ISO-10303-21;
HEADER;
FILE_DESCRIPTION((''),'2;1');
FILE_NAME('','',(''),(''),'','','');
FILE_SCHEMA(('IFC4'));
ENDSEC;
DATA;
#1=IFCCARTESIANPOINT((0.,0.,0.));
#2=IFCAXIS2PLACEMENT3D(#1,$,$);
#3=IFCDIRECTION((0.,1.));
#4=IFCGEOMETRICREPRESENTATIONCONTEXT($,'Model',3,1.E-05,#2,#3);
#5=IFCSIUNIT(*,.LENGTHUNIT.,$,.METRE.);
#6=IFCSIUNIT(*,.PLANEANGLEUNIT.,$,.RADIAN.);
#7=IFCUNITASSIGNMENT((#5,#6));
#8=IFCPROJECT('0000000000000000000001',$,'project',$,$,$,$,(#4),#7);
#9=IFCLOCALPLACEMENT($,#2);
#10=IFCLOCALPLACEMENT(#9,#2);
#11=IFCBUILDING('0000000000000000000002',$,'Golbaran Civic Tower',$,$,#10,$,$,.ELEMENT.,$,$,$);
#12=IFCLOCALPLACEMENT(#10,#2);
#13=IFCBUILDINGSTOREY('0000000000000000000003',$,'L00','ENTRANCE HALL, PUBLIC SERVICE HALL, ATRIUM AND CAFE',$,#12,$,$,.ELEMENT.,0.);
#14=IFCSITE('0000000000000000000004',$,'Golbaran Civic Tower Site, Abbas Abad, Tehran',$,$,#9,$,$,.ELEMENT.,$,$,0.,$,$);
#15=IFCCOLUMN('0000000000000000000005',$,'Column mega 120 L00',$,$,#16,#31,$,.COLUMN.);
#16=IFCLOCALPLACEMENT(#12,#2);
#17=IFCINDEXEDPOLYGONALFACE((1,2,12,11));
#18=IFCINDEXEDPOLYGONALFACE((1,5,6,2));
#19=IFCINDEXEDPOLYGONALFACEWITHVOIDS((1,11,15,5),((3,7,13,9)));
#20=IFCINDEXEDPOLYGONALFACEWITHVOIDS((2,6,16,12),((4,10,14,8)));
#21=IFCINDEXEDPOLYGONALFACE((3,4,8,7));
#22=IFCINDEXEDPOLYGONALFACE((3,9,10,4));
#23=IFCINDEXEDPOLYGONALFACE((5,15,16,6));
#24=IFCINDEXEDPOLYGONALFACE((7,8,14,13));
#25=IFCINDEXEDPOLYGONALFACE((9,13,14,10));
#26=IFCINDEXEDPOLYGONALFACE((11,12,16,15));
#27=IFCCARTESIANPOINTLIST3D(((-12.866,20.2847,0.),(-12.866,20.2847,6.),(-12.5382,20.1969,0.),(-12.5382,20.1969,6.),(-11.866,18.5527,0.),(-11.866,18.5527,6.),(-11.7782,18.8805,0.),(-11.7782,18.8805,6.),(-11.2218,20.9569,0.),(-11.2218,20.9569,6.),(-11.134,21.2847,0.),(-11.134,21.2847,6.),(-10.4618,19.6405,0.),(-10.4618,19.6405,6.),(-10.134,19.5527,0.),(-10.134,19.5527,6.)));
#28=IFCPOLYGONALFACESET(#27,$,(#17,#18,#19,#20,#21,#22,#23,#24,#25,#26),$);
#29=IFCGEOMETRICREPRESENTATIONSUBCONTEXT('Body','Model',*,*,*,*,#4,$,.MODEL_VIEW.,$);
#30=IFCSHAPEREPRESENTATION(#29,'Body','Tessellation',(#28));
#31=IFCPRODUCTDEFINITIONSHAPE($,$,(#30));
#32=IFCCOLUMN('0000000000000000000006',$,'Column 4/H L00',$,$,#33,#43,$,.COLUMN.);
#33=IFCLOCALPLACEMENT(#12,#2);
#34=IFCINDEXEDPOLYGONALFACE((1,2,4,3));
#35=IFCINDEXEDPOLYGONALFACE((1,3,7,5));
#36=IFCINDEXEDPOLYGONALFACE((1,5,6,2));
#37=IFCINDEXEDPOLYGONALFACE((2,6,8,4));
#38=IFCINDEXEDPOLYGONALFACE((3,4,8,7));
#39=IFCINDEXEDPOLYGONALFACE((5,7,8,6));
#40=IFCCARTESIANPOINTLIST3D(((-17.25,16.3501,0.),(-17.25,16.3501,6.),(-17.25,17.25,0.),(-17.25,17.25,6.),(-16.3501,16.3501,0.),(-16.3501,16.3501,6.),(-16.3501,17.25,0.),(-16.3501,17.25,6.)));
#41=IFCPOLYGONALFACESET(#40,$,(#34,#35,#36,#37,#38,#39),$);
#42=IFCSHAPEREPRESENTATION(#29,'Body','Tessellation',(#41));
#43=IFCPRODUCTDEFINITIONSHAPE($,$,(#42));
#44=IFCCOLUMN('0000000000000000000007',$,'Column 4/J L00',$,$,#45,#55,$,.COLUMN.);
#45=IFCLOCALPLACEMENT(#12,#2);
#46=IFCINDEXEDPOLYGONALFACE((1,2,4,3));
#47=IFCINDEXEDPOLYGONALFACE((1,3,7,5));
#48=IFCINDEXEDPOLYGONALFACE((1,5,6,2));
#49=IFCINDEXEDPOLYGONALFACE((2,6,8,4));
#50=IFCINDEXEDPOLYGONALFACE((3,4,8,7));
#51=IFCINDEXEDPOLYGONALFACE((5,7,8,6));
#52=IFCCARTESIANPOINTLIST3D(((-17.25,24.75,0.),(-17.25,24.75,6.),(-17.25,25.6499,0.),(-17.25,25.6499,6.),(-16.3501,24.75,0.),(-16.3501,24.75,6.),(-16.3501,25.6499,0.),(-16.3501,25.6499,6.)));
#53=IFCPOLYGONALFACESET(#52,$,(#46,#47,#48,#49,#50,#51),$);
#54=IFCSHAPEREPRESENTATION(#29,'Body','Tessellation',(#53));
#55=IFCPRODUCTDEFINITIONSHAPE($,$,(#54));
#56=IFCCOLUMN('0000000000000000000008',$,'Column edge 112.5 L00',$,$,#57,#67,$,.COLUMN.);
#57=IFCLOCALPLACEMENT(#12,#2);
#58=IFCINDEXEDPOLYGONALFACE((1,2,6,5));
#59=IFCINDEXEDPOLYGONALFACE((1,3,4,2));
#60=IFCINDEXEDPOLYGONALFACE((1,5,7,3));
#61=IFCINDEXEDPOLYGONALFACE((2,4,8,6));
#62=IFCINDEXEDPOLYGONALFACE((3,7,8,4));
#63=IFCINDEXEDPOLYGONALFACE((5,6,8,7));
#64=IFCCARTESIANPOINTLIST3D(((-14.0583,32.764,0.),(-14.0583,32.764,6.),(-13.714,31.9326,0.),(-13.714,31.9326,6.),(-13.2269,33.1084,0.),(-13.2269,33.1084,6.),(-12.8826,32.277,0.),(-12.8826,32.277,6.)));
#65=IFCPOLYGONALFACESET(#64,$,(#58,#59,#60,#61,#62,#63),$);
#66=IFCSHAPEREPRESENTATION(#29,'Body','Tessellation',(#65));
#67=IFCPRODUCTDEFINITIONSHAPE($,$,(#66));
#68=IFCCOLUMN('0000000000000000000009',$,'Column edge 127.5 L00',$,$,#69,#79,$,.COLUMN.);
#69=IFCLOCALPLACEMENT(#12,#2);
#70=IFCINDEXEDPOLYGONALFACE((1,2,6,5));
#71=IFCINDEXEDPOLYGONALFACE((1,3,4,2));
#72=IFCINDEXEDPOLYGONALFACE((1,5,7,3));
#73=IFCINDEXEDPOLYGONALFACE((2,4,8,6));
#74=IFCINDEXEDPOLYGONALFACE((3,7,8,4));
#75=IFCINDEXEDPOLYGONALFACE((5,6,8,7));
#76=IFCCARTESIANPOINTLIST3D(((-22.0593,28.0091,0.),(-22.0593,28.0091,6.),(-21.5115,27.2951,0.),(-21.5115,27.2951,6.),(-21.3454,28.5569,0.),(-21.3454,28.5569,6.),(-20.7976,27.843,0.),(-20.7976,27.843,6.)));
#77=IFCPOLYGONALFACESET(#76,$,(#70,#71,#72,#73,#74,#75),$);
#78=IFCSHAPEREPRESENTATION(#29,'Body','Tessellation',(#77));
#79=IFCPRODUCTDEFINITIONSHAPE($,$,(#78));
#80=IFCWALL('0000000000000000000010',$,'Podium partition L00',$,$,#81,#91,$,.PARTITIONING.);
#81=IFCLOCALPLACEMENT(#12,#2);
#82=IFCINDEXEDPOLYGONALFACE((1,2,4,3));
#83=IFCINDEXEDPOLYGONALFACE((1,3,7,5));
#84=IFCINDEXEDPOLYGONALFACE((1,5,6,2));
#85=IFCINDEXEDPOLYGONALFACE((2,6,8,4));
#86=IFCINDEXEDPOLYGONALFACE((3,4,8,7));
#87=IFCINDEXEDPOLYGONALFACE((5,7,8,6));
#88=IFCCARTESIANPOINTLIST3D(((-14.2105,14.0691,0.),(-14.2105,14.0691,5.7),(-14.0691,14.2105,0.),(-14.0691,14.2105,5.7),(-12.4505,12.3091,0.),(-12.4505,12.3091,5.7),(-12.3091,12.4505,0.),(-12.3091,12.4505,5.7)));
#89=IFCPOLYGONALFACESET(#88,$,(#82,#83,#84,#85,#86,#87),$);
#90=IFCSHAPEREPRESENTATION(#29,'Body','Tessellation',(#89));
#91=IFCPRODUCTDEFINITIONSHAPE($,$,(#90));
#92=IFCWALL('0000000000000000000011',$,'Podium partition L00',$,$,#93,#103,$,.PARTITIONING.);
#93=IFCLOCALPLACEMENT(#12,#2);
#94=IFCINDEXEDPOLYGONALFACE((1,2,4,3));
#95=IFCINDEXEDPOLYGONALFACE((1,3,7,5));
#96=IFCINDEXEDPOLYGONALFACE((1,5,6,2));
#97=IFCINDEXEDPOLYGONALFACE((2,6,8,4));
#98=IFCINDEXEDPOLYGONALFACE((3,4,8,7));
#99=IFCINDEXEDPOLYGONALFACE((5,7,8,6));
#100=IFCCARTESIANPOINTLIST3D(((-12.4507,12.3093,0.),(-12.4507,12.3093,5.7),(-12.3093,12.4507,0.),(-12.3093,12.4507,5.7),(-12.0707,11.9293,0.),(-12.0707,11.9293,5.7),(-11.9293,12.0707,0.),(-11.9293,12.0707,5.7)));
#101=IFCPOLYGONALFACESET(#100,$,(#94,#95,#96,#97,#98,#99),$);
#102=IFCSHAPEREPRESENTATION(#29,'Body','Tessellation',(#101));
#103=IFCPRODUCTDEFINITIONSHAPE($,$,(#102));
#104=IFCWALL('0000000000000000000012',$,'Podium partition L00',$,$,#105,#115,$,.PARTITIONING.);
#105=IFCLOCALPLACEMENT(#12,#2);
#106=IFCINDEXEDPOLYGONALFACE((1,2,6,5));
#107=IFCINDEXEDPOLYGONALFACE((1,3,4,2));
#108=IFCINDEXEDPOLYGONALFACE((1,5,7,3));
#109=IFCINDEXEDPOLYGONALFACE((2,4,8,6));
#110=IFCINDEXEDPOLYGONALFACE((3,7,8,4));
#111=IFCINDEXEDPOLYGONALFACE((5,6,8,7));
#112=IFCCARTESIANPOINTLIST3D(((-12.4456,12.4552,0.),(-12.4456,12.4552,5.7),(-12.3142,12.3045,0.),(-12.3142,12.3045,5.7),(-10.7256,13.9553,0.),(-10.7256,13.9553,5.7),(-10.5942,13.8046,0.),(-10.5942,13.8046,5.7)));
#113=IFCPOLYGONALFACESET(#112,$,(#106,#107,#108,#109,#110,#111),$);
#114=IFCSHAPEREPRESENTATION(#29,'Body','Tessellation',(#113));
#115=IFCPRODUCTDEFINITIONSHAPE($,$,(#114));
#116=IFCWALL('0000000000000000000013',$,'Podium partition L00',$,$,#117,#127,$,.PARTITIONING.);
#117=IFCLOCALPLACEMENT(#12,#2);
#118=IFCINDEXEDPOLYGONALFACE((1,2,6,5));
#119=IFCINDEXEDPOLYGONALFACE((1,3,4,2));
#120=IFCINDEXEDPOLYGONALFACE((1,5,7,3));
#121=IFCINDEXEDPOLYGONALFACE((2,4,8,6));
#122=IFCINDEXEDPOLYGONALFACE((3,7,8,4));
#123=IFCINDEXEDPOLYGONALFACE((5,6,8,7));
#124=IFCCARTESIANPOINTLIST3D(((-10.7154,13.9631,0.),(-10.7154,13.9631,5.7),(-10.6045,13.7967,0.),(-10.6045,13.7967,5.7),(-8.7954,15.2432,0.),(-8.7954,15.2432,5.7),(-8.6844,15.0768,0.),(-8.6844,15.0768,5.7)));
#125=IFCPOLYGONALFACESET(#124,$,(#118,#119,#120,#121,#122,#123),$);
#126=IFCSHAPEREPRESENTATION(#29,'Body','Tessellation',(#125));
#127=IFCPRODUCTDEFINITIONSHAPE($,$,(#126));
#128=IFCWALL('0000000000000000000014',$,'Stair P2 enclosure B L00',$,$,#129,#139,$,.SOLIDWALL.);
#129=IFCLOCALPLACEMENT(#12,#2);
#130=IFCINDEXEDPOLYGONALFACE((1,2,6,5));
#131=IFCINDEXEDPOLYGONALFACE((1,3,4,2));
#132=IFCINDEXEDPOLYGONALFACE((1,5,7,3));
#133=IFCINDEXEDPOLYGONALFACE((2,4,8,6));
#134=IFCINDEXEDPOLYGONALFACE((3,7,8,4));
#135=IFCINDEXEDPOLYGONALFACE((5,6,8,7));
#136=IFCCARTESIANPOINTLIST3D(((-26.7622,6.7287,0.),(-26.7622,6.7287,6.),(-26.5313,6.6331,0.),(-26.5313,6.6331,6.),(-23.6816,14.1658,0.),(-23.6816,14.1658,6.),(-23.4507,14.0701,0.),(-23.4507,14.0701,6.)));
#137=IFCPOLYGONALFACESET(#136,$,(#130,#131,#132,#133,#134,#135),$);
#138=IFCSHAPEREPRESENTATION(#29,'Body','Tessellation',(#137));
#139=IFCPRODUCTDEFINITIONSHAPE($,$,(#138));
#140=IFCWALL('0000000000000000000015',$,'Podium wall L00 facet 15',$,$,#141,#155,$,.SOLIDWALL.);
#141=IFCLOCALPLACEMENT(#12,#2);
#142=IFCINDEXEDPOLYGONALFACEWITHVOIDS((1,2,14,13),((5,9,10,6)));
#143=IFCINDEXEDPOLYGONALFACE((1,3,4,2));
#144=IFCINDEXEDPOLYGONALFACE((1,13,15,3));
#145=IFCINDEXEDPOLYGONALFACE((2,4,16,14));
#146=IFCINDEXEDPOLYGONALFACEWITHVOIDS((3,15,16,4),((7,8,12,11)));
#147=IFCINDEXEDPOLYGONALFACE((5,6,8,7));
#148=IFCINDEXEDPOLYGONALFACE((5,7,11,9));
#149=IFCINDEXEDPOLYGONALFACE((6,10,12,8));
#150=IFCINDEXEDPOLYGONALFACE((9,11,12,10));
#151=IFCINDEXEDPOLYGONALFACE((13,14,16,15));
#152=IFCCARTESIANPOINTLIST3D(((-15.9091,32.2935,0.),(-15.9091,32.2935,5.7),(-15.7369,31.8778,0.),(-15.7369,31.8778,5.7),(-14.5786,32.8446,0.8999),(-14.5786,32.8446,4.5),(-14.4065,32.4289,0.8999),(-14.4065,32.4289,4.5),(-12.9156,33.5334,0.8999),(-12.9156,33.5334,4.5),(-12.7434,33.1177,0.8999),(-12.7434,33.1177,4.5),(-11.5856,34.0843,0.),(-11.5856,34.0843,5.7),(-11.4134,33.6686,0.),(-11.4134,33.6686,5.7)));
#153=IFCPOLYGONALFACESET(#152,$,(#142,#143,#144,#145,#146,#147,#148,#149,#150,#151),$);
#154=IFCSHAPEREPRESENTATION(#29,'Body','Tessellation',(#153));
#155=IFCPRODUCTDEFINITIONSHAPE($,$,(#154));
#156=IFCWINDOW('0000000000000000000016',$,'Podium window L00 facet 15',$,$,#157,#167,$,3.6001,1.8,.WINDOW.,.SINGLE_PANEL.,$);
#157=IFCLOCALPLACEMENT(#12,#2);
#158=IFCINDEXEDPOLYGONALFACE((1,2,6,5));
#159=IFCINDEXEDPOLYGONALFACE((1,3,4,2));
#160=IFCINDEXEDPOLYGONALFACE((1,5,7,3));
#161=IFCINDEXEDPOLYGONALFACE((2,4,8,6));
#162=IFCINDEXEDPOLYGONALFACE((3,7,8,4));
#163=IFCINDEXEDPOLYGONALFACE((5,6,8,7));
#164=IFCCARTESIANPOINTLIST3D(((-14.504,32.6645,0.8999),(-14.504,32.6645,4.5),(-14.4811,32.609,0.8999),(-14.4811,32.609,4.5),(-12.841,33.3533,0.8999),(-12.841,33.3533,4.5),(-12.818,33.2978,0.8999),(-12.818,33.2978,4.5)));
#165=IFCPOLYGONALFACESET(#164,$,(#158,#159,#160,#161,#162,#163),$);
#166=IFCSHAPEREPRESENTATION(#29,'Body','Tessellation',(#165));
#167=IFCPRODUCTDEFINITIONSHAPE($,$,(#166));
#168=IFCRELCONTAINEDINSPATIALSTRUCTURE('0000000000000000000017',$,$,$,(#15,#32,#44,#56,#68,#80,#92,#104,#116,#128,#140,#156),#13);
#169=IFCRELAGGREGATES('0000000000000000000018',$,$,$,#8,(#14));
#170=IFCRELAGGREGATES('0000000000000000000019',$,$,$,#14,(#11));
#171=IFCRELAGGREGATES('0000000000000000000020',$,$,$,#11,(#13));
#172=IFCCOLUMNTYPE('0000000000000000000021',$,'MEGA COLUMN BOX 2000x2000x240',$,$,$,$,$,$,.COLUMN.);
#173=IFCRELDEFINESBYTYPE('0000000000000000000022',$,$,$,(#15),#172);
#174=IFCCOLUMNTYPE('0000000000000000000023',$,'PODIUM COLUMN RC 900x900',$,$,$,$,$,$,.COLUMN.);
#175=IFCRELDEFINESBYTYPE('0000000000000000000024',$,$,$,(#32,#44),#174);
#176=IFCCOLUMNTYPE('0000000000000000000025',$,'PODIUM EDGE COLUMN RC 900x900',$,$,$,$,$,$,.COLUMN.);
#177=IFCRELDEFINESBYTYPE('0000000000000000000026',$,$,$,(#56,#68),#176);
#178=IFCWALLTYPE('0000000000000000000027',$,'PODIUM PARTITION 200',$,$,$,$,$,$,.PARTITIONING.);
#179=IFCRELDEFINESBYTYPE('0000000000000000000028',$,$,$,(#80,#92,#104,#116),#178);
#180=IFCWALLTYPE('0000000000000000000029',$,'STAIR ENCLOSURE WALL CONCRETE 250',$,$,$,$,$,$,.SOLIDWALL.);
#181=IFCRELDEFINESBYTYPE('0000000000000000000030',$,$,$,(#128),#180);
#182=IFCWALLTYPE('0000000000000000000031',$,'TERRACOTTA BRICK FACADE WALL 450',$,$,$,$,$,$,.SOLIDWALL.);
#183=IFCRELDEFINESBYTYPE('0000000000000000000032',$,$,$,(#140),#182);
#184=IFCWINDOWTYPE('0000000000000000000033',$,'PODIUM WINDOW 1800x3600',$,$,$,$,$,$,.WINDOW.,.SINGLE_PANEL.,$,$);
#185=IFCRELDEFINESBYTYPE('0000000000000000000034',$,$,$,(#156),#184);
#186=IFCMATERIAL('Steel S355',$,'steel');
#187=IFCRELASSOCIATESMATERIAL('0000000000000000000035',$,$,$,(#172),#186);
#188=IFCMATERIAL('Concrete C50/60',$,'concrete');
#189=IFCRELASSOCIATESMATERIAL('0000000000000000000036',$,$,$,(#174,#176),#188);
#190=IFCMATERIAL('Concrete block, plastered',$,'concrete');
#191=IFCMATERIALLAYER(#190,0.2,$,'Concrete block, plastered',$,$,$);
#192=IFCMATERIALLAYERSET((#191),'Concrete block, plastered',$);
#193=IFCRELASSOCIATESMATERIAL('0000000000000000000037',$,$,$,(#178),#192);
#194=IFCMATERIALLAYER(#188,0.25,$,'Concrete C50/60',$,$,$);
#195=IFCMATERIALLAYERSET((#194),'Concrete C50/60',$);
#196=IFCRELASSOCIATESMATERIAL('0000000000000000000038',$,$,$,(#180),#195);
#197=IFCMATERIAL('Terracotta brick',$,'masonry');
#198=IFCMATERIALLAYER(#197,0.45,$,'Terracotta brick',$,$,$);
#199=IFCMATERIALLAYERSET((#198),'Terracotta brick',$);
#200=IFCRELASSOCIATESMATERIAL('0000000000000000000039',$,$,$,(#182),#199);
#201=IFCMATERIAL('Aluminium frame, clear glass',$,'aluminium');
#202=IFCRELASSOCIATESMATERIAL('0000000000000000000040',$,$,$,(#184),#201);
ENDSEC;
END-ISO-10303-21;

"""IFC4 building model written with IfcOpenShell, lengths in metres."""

from ifc_helpers import new_model, si_unit, direction, frame, frame_2d, origin, origin_2d, place, context, subcontext, project, spatial, rectangle, hollow_rectangle, extrude, material, layer, layer_set, material_profile, profile_set, type_object, element, fill, save


model = new_model("IFC4")

# Units and contexts
model_context = context("Model", 3, precision=1e-05, world=origin(), true_north=direction((0.0, 1.0)))
body_context = subcontext(model_context, "Body", "Model", "MODEL_VIEW")
ifc_project = project(units=[si_unit("LENGTHUNIT", "METRE"), si_unit("PLANEANGLEUNIT", "RADIAN")], contexts=[model_context])

# Site, building, storey
site_placement = place(None, origin())
site = spatial("IfcSite", under=ifc_project, at=site_placement, Name="Golbaran Civic Tower Site, Abbas Abad, Tehran", CompositionType="ELEMENT", RefElevation=0.0)
building_placement = place(site_placement, origin())
building = spatial("IfcBuilding", under=site, at=building_placement, Name="Golbaran Civic Tower", CompositionType="ELEMENT")
storey_placement = place(building_placement, origin())
storey = spatial("IfcBuildingStorey", under=building, at=storey_placement, Name="L00", Description="ENTRANCE HALL, PUBLIC SERVICE HALL, ATRIUM AND CAFE", CompositionType="ELEMENT", Elevation=0.0)

# Columns
ifc_material_1 = material(Name="Steel S355", Category="steel")
ifc_material_profile_1 = material_profile(ifc_material_1, hollow_rectangle(XDim=2.0, YDim=2.0, WallThickness=0.24, at=origin_2d()), Name="BOX 2000x2000x240")
ifc_profile_set_1 = profile_set([ifc_material_profile_1], Name="Steel S355")
column_type_1 = type_object("IfcColumnType", Name="MEGA COLUMN BOX 2000x2000x240", PredefinedType="COLUMN", material=ifc_profile_set_1)
column_placement = place(storey_placement, frame((-11.5, 19.9187, 0.0), z_axis=(0.0, 0.0, 1.0), x_axis=(-0.5, 0.866025, 0.0)))
element("IfcColumn", 1, at=column_placement, inside=storey, type_object=column_type_1, Name="Column mega 120 L00", PredefinedType="COLUMN", context=body_context, shape_type="SweptSolid", body=[
    extrude(hollow_rectangle(XDim=2.0, YDim=2.0, WallThickness=0.24, at=origin_2d()), origin(), (0.0, 0.0, 1.0), 6.0),
])
ifc_material_2 = material(Name="Concrete C50/60", Category="concrete")
ifc_material_profile_2 = material_profile(ifc_material_2, rectangle(XDim=0.8999, YDim=0.8999, at=origin_2d()), Name="RC 900x900")
ifc_profile_set_2 = profile_set([ifc_material_profile_2], Name="Concrete C50/60")
column_type_2 = type_object("IfcColumnType", Name="PODIUM COLUMN RC 900x900", PredefinedType="COLUMN", material=ifc_profile_set_2)
for number, where, z_axis, x_axis, name in (
    (2, (-16.8, 16.8, 0.0), (0.0, 0.0, 1.0), (1.0, 0.0, 0.0), "Column 4/H L00"),
    (3, (-16.8, 25.2, 0.0), (0.0, 0.0, 1.0), (1.0, 0.0, 0.0), "Column 4/J L00"),
):
    element("IfcColumn", number, at=place(storey_placement, frame(where, z_axis=z_axis, x_axis=x_axis)), inside=storey, type_object=column_type_2, Name=name, PredefinedType="COLUMN", context=body_context, shape_type="SweptSolid", body=[
        extrude(rectangle(XDim=0.8999, YDim=0.8999, at=origin_2d()), origin(), (0.0, 0.0, 1.0), 6.0),
    ])
ifc_material_profile_3 = material_profile(ifc_material_2, rectangle(XDim=0.8999, YDim=0.8999, at=origin_2d()), Name="RC 900x900")
ifc_profile_set_3 = profile_set([ifc_material_profile_3], Name="Concrete C50/60")
column_type_3 = type_object("IfcColumnType", Name="PODIUM EDGE COLUMN RC 900x900", PredefinedType="COLUMN", material=ifc_profile_set_3)
for number, where, z_axis, x_axis, name in (
    (4, (-13.4705, 32.5205, 0.0), (0.0, 0.0, 1.0), (-0.382683, 0.92388, 0.0), "Column edge 112.5 L00"),
    (5, (-21.4285, 27.926, 0.0), (0.0, 0.0, 1.0), (-0.608761, 0.793353, 0.0), "Column edge 127.5 L00"),
):
    element("IfcColumn", number, at=place(storey_placement, frame(where, z_axis=z_axis, x_axis=x_axis)), inside=storey, type_object=column_type_3, Name=name, PredefinedType="COLUMN", context=body_context, shape_type="SweptSolid", body=[
        extrude(rectangle(XDim=0.8999, YDim=0.8999, at=origin_2d()), origin(), (0.0, 0.0, 1.0), 6.0),
    ])

# Walls
ifc_material_3 = material(Name="Concrete block, plastered", Category="concrete")
ifc_layer_1 = layer(ifc_material_3, 0.2, Name="Concrete block, plastered")
ifc_layer_set_1 = layer_set([ifc_layer_1], Name="Concrete block, plastered")
wall_type_1 = type_object("IfcWallType", Name="PODIUM PARTITION 200", PredefinedType="PARTITIONING", material=ifc_layer_set_1)
wall_1_placement = place(storey_placement, frame((-14.1399, 14.1399, 0.0), z_axis=(0.0, 0.0, 1.0), x_axis=(0.707107, -0.707107, 0.0)))
element("IfcWall", 6, at=wall_1_placement, inside=storey, type_object=wall_type_1, Name="Podium partition L00", PredefinedType="PARTITIONING", context=body_context, shape_type="SweptSolid", body=[
    extrude(rectangle(XDim=2.489, YDim=0.2, at=frame_2d((1.2446, 0.0))), origin(), (0.0, 0.0, 1.0), 5.7),
])
wall_2_placement = place(storey_placement, frame((-12.3799, 12.3799, 0.0), z_axis=(0.0, 0.0, 1.0), x_axis=(0.707107, -0.707107, 0.0)))
element("IfcWall", 7, at=wall_2_placement, inside=storey, type_object=wall_type_1, Name="Podium partition L00", PredefinedType="PARTITIONING", context=body_context, shape_type="SweptSolid", body=[
    extrude(rectangle(XDim=0.5374, YDim=0.2, at=frame_2d((0.2686, 0.0))), origin(), (0.0, 0.0, 1.0), 5.7),
])
wall_3_placement = place(storey_placement, frame((-12.3799, 12.3799, 0.0), z_axis=(0.0, 0.0, 1.0), x_axis=(0.753656, 0.657269, 0.0)))
element("IfcWall", 8, at=wall_3_placement, inside=storey, type_object=wall_type_1, Name="Podium partition L00", PredefinedType="PARTITIONING", context=body_context, shape_type="SweptSolid", body=[
    extrude(rectangle(XDim=2.2822, YDim=0.2, at=frame_2d((1.1411, 0.0))), origin(), (0.0, 0.0, 1.0), 5.7),
])
wall_4_placement = place(storey_placement, frame((-10.6599, 13.8799, 0.0), z_axis=(0.0, 0.0, 1.0), x_axis=(0.832034, 0.554725, 0.0)))
element("IfcWall", 9, at=wall_4_placement, inside=storey, type_object=wall_type_1, Name="Podium partition L00", PredefinedType="PARTITIONING", context=body_context, shape_type="SweptSolid", body=[
    extrude(rectangle(XDim=2.3076, YDim=0.2, at=frame_2d((1.1538, 0.0))), origin(), (0.0, 0.0, 1.0), 5.7),
])
ifc_layer_2 = layer(ifc_material_2, 0.25, Name="Concrete C50/60")
ifc_layer_set_2 = layer_set([ifc_layer_2], Name="Concrete C50/60")
wall_type_2 = type_object("IfcWallType", Name="STAIR ENCLOSURE WALL CONCRETE 250", PredefinedType="SOLIDWALL", material=ifc_layer_set_2)
wall_5_placement = place(storey_placement, frame((-23.5662, 14.1179, 0.0), z_axis=(0.0, 0.0, 1.0), x_axis=(-0.382689, -0.923877, 0.0)))
element("IfcWall", 10, at=wall_5_placement, inside=storey, type_object=wall_type_2, Name="Stair P2 enclosure B L00", PredefinedType="SOLIDWALL", context=body_context, shape_type="SweptSolid", body=[
    extrude(rectangle(XDim=8.0498, YDim=0.25, at=frame_2d((4.0249, 0.0))), origin(), (0.0, 0.0, 1.0), 6.0),
])

# Wall, opening, window
ifc_material_4 = material(Name="Terracotta brick", Category="masonry")
ifc_layer_3 = layer(ifc_material_4, 0.45, Name="Terracotta brick")
ifc_layer_set_3 = layer_set([ifc_layer_3], Name="Terracotta brick")
wall_type_3 = type_object("IfcWallType", Name="TERRACOTTA BRICK FACADE WALL 450", PredefinedType="SOLIDWALL", material=ifc_layer_set_3)
wall_6_placement = place(storey_placement, frame((-11.4995, 33.8765, 0.0), z_axis=(0.0, 0.0, 1.0), x_axis=(-0.923885, -0.38267, 0.0)))
wall_6 = element("IfcWall", 11, at=wall_6_placement, inside=storey, type_object=wall_type_3, Name="Podium wall L00 facet 15", PredefinedType="SOLIDWALL", context=body_context, shape_type="SweptSolid", body=[
    extrude(rectangle(XDim=4.6797, YDim=0.45, at=frame_2d((2.3398, 0.0))), origin(), (0.0, 0.0, 1.0), 5.7),
])
opening_1_placement = place(wall_6_placement, frame((1.4397, 0.0, 0.8999)))
opening_1 = element("IfcOpeningElement", 12, at=opening_1_placement, cuts=wall_6, PredefinedType="OPENING", context=body_context, shape_type="SweptSolid", body=[
    extrude(rectangle(XDim=1.8, YDim=3.6001, at=frame_2d((0.8999, 1.8))), frame((0.0, 0.2349, 0.0), z_axis=(0.0, -1.0, 0.0), x_axis=(1.0, 0.0, 0.0)), (0.0, 0.0, 1.0), 0.47),
])
ifc_material_5 = material(Name="Aluminium frame, clear glass", Category="aluminium")
window_type = type_object("IfcWindowType", Name="PODIUM WINDOW 1800x3600", PartitioningType="SINGLE_PANEL", PredefinedType="WINDOW", material=ifc_material_5)
window_1_placement = place(opening_1_placement, origin())
window_1 = element("IfcWindow", 13, at=window_1_placement, inside=storey, type_object=window_type, Name="Podium window L00 facet 15", OverallHeight=3.6001, OverallWidth=1.8, PartitioningType="SINGLE_PANEL", PredefinedType="WINDOW", context=body_context, shape_type="SweptSolid", body=[
    extrude(rectangle(XDim=1.8, YDim=3.6001, at=frame_2d((0.8999, 1.8))), frame((0.0, 0.03, 0.0), z_axis=(0.0, -1.0, 0.0), x_axis=(1.0, 0.0, 0.0)), (0.0, 0.0, 1.0), 0.0601),
])
fill(opening_1, window_1)

save(model, "model.ifc")
